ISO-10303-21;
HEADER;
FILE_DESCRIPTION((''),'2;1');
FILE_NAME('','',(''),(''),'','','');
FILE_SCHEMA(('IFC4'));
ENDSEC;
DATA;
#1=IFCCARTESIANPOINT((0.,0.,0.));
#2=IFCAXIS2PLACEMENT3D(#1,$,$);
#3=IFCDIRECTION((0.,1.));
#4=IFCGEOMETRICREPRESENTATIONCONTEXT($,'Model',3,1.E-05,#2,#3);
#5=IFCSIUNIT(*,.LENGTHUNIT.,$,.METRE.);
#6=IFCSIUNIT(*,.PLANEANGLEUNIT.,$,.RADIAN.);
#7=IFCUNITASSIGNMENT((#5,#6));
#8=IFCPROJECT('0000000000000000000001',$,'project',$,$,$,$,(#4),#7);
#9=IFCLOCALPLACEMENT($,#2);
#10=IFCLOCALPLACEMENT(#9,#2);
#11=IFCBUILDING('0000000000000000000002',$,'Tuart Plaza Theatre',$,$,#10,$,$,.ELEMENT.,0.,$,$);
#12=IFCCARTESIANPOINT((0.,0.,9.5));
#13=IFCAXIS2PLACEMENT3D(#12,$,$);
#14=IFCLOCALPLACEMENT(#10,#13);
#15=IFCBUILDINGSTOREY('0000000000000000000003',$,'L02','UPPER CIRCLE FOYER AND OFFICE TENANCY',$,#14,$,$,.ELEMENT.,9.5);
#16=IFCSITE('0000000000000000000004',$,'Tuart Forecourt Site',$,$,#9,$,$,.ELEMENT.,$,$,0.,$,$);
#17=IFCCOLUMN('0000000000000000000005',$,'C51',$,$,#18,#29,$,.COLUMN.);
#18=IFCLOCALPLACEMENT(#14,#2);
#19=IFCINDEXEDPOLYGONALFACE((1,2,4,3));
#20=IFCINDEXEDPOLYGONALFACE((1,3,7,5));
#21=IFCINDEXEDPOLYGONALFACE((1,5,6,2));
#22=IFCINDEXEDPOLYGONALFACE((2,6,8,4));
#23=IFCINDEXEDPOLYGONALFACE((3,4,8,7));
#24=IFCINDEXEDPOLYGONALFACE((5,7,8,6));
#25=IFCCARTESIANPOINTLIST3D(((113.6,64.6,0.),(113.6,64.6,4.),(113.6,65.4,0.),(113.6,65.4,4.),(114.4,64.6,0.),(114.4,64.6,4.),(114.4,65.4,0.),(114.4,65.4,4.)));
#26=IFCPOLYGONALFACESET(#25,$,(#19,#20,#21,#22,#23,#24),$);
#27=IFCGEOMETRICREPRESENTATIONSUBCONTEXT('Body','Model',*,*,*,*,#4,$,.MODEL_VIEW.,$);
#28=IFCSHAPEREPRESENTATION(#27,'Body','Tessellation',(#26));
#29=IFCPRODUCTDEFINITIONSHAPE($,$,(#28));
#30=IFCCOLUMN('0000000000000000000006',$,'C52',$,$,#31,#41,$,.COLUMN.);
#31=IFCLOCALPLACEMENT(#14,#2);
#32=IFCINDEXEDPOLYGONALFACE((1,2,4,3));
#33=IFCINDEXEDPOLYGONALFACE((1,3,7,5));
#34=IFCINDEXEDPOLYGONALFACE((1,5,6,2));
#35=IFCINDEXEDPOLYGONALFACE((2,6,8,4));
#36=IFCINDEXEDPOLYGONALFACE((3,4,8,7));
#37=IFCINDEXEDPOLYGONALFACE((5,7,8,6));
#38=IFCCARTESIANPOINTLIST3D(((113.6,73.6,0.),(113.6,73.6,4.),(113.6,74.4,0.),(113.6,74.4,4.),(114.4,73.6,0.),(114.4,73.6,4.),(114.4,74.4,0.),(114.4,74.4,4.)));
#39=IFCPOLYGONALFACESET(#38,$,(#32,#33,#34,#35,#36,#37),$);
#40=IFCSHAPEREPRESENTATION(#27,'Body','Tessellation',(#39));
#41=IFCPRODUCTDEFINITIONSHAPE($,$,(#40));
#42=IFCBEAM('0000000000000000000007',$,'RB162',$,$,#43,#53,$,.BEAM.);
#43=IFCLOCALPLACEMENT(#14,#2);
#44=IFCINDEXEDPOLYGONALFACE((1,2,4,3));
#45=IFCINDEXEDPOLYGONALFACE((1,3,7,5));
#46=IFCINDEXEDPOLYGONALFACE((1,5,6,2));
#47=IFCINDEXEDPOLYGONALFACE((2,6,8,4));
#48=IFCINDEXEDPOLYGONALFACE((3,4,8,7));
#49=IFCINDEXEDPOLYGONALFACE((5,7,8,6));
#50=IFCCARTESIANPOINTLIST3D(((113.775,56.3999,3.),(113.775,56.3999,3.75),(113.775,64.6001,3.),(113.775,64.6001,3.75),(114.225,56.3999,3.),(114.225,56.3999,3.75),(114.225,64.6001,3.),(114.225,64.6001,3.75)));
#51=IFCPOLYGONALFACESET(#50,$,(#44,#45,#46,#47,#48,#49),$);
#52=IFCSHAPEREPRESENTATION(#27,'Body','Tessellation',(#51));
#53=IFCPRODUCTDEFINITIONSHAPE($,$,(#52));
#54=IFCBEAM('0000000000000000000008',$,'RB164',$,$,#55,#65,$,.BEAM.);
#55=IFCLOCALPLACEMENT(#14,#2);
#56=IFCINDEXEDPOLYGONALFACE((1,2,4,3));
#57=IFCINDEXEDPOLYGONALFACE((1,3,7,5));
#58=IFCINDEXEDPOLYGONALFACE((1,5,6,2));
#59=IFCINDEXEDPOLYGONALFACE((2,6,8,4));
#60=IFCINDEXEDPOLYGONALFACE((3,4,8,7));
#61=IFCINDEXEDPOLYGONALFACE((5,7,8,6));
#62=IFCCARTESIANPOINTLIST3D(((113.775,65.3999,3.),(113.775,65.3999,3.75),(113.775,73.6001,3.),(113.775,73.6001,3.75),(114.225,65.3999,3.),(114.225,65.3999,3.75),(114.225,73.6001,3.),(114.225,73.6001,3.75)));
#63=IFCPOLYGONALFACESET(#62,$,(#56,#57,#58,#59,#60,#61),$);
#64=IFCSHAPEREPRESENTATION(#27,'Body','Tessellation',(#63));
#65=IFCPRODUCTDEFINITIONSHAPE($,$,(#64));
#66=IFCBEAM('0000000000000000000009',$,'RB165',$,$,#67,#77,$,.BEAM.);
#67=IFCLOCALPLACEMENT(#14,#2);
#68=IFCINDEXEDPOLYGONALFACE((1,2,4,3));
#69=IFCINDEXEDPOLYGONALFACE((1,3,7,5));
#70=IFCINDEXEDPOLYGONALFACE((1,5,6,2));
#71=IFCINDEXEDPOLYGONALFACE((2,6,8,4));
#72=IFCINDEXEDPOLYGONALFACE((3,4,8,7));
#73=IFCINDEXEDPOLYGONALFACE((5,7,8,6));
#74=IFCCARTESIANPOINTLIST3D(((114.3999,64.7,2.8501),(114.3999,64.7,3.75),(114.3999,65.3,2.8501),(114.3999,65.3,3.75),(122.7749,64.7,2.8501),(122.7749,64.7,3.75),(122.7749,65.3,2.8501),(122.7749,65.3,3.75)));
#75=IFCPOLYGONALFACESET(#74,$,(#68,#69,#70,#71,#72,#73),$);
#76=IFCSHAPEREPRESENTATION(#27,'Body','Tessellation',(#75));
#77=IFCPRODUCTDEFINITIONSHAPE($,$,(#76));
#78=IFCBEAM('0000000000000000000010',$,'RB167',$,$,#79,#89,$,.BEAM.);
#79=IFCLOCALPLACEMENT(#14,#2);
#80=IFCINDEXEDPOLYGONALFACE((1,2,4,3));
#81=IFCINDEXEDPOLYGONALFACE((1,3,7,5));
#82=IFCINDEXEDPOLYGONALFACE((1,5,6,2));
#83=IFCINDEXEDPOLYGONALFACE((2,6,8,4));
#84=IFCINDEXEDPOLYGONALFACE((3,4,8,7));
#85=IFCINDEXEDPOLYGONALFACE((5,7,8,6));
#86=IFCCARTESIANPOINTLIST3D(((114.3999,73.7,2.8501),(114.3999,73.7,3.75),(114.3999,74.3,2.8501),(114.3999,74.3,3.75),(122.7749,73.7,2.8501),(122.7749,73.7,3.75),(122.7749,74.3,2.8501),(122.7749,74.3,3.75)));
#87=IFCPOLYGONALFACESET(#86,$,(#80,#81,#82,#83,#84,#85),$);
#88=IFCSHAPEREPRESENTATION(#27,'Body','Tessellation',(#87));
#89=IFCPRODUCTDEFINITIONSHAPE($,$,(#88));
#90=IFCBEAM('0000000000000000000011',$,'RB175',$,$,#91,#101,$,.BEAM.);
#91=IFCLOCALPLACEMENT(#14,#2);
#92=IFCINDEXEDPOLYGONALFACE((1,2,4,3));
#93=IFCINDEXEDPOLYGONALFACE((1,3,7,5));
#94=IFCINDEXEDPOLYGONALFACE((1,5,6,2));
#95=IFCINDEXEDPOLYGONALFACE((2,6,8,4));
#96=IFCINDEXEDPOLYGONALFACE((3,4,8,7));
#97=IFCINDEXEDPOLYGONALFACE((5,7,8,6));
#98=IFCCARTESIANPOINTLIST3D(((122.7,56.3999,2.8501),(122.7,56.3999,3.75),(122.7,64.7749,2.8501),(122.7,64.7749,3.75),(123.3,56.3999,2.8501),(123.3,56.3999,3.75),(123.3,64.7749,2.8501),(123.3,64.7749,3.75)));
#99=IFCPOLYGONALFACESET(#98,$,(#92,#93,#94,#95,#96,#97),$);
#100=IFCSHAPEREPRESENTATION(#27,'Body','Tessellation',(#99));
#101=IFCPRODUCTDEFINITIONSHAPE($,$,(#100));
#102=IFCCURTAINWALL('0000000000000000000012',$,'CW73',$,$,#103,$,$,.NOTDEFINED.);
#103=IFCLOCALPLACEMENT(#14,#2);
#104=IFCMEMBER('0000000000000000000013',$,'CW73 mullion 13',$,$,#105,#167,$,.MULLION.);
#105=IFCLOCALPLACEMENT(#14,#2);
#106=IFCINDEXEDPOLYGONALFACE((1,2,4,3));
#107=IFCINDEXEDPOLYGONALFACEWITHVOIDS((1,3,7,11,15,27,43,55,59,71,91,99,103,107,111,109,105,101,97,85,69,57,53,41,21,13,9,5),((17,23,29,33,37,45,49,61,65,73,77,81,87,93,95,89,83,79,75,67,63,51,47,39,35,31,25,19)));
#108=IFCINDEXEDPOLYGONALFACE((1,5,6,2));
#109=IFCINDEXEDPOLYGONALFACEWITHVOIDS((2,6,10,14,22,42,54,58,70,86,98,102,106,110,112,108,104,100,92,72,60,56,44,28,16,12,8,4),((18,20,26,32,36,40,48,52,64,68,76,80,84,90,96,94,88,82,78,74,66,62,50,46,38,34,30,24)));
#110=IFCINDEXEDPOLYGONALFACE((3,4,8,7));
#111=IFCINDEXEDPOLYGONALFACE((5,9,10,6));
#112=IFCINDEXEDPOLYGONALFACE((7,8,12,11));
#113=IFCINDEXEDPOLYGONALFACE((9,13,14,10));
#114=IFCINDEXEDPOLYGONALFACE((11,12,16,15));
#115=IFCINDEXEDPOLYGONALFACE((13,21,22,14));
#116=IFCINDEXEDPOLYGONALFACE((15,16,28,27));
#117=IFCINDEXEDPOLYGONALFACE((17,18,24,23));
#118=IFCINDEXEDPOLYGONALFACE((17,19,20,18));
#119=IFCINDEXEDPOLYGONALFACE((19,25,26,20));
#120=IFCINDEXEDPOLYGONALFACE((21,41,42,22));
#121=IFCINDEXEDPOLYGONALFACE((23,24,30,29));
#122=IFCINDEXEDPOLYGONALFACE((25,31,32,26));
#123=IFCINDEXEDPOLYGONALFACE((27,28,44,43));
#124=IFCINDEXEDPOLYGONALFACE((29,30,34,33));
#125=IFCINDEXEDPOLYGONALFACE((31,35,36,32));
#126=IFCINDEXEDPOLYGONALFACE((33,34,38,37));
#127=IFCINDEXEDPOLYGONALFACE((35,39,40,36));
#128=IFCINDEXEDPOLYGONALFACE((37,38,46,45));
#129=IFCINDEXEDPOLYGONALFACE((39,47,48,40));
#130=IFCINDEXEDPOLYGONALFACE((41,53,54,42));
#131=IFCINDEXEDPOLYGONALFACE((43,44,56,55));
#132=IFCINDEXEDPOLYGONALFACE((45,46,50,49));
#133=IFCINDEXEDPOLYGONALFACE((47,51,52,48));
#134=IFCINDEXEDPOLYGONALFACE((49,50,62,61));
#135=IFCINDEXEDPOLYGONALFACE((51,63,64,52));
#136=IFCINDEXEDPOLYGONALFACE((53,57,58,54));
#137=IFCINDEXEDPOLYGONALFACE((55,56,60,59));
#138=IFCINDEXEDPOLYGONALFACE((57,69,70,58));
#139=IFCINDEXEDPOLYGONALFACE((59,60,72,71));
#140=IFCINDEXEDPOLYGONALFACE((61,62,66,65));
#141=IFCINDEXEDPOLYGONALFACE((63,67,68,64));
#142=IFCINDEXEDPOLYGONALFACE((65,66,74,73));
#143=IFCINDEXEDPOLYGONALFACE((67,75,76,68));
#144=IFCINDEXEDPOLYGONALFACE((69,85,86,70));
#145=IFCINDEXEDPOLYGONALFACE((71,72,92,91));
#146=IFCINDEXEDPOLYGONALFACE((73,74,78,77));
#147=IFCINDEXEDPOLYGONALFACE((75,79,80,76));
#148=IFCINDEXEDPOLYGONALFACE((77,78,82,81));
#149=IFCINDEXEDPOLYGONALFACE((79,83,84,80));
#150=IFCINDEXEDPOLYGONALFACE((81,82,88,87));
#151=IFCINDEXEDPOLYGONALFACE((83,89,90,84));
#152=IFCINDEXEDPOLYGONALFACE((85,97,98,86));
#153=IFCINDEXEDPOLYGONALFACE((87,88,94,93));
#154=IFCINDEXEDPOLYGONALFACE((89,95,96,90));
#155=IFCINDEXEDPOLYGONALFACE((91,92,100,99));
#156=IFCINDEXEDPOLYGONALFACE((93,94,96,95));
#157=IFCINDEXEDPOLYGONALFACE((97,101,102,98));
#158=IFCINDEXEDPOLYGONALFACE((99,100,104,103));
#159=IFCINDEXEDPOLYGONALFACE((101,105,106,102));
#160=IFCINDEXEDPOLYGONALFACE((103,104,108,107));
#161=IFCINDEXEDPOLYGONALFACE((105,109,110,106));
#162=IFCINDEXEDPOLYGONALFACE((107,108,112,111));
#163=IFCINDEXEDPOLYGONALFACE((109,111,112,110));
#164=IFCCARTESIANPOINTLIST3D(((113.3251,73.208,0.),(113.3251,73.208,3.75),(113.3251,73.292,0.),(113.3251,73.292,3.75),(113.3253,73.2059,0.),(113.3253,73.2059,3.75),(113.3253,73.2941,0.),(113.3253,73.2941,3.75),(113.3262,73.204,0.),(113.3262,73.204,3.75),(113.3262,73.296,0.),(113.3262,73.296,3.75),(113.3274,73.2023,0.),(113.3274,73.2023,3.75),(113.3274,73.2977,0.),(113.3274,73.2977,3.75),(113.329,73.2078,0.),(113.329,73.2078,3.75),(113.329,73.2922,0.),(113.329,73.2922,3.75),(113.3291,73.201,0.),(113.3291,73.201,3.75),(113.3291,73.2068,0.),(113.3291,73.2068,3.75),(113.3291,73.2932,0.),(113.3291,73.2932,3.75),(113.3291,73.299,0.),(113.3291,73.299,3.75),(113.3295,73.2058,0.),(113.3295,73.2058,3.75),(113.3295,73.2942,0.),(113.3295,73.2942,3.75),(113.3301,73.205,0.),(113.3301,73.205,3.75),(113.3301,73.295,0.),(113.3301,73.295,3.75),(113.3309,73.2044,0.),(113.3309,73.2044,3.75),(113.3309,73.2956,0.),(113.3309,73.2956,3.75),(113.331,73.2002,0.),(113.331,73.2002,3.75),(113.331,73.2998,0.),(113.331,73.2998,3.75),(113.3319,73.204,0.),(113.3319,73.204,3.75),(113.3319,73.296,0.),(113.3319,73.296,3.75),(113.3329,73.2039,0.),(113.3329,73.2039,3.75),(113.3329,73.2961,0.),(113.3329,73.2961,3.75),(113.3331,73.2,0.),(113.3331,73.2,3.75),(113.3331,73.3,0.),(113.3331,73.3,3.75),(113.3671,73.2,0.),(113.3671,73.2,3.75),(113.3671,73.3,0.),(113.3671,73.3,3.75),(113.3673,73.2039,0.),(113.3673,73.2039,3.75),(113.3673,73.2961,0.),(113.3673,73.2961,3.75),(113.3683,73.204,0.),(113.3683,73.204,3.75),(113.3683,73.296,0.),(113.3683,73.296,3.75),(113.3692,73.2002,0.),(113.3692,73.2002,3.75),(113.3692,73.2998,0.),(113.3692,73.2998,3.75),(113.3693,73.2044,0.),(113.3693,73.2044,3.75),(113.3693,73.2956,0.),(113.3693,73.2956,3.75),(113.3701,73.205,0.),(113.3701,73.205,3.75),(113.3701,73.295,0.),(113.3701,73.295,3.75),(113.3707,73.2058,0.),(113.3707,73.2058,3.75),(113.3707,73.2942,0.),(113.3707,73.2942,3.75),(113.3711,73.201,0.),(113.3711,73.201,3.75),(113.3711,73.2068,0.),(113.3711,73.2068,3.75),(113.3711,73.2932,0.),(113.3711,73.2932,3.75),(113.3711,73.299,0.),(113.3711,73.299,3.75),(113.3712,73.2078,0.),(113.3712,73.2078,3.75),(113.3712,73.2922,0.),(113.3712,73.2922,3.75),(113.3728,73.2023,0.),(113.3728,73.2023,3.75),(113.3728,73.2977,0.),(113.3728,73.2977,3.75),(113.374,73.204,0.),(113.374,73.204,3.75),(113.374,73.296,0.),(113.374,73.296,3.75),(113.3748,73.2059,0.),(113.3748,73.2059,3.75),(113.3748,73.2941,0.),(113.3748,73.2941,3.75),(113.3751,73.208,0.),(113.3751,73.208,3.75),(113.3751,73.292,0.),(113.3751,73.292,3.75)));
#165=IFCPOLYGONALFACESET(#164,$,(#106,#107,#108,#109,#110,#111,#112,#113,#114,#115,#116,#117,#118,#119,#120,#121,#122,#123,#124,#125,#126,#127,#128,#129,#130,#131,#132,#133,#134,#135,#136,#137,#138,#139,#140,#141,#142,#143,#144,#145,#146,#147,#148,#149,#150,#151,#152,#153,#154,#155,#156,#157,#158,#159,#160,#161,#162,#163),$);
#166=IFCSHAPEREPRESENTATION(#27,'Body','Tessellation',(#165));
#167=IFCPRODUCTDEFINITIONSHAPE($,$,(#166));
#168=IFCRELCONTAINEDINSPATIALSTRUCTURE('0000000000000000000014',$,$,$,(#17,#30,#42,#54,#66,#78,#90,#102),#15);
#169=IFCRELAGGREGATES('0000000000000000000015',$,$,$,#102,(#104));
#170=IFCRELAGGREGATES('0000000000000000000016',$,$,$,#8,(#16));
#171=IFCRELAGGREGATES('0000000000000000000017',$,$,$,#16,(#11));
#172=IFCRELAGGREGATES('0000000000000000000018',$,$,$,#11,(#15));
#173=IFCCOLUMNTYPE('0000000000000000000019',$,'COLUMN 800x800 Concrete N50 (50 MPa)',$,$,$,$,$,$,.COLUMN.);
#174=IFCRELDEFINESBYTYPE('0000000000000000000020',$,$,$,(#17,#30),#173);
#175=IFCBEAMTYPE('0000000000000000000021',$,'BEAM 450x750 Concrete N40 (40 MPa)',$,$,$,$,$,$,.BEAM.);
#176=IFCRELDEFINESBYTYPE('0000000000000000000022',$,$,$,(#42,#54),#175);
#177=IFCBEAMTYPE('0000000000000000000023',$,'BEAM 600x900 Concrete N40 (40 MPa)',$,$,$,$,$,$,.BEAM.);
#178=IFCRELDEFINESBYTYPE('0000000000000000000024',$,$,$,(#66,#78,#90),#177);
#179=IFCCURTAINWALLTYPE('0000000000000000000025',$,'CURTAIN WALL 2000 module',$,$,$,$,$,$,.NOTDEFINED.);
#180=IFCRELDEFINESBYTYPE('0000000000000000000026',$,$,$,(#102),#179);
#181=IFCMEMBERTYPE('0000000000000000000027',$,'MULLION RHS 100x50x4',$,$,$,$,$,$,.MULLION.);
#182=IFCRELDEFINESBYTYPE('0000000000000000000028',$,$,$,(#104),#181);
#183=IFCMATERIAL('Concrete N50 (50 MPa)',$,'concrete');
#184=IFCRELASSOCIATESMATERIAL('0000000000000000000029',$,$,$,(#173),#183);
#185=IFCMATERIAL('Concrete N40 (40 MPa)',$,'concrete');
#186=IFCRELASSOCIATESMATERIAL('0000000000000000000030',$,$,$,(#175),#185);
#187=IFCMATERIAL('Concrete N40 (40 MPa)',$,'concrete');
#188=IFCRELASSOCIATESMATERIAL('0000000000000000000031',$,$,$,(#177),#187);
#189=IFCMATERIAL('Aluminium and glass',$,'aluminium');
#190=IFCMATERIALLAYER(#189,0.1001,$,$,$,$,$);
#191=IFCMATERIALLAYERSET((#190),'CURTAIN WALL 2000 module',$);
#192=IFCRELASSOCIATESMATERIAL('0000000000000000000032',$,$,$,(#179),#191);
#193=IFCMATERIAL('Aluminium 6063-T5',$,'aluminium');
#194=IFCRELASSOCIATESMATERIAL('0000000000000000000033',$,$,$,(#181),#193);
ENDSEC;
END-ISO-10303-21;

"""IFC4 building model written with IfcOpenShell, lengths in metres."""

from ifc_helpers import new_model, si_unit, direction, frame, origin, origin_2d, place, context, subcontext, project, spatial, rectangle, hollow_rectangle, extrude, material, layer, layer_set, material_profile, profile_set, type_object, element, aggregate, save


model = new_model("IFC4")

# Units and contexts
model_context = context("Model", 3, precision=1e-05, world=origin(), true_north=direction((0.0, 1.0)))
body_context = subcontext(model_context, "Body", "Model", "MODEL_VIEW")
ifc_project = project(units=[si_unit("LENGTHUNIT", "METRE"), si_unit("PLANEANGLEUNIT", "RADIAN")], contexts=[model_context])

# Site, building, storey
site_placement = place(None, origin())
site = spatial("IfcSite", under=ifc_project, at=site_placement, Name="Tuart Forecourt Site", CompositionType="ELEMENT", RefElevation=0.0)
building_placement = place(site_placement, origin())
building = spatial("IfcBuilding", under=site, at=building_placement, Name="Tuart Plaza Theatre", CompositionType="ELEMENT", ElevationOfRefHeight=0.0)
storey_placement = place(building_placement, frame((0.0, 0.0, 9.5)))
storey = spatial("IfcBuildingStorey", under=building, at=storey_placement, Name="L02", Description="UPPER CIRCLE FOYER AND OFFICE TENANCY", CompositionType="ELEMENT", Elevation=9.5)

# Columns
ifc_material_1 = material(Name="Concrete N50 (50 MPa)", Category="concrete")
ifc_material_profile_1 = material_profile(ifc_material_1, rectangle(XDim=0.8, YDim=0.8, at=origin_2d()), Name="COLUMN 800x800 Concrete N50 (50 MPa)")
ifc_profile_set_1 = profile_set([ifc_material_profile_1], Name="Concrete N50 (50 MPa)")
column_type = type_object("IfcColumnType", Name="COLUMN 800x800 Concrete N50 (50 MPa)", PredefinedType="COLUMN", material=ifc_profile_set_1)
for number, where, z_axis, x_axis, name in (
    (1, (114.0, 65.0, 0.0), (0.0, 0.0, 1.0), (1.0, 0.0, 0.0), "C51"),
    (2, (114.0, 74.0, 0.0), (0.0, 0.0, 1.0), (1.0, 0.0, 0.0), "C52"),
):
    element("IfcColumn", number, at=place(storey_placement, frame(where, z_axis=z_axis, x_axis=x_axis)), inside=storey, type_object=column_type, Name=name, PredefinedType="COLUMN", context=body_context, shape_type="SweptSolid", body=[
        extrude(rectangle(XDim=0.8, YDim=0.8, at=origin_2d()), origin(), (0.0, 0.0, 1.0), 4.0),
    ])

# Beams
ifc_material_2 = material(Name="Concrete N40 (40 MPa)", Category="concrete")
ifc_material_profile_2 = material_profile(ifc_material_2, rectangle(XDim=0.45, YDim=0.75, at=origin_2d()), Name="BEAM 450x750 Concrete N40 (40 MPa)")
ifc_profile_set_2 = profile_set([ifc_material_profile_2], Name="Concrete N40 (40 MPa)")
beam_type_1 = type_object("IfcBeamType", Name="BEAM 450x750 Concrete N40 (40 MPa)", PredefinedType="BEAM", material=ifc_profile_set_2)
for number, where, z_axis, x_axis, name in (
    (3, (114.0, 56.3999, 3.375), (0.0, 1.0, 0.0), (-1.0, 0.0, 0.0), "RB162"),
    (4, (114.0, 65.3999, 3.375), (0.0, 1.0, 0.0), (-1.0, 0.0, 0.0), "RB164"),
):
    element("IfcBeam", number, at=place(storey_placement, frame(where, z_axis=z_axis, x_axis=x_axis)), inside=storey, type_object=beam_type_1, Name=name, PredefinedType="BEAM", context=body_context, shape_type="SweptSolid", body=[
        extrude(rectangle(XDim=0.45, YDim=0.75, at=origin_2d()), origin(), (0.0, 0.0, 1.0), 8.2002),
    ])
ifc_material_3 = material(Name="Concrete N40 (40 MPa)", Category="concrete")
ifc_material_profile_3 = material_profile(ifc_material_3, rectangle(XDim=0.6001, YDim=0.8999, at=origin_2d()), Name="BEAM 600x900 Concrete N40 (40 MPa)")
ifc_profile_set_3 = profile_set([ifc_material_profile_3], Name="Concrete N40 (40 MPa)")
beam_type_2 = type_object("IfcBeamType", Name="BEAM 600x900 Concrete N40 (40 MPa)", PredefinedType="BEAM", material=ifc_profile_set_3)
for number, where, z_axis, x_axis, name in (
    (5, (114.3999, 65.0, 3.3), (1.0, 0.0, 0.0), (0.0, 1.0, 0.0), "RB165"),
    (6, (114.3999, 74.0, 3.3), (1.0, 0.0, 0.0), (0.0, 1.0, 0.0), "RB167"),
    (7, (123.0, 56.3999, 3.3), (0.0, 1.0, 0.0), (-1.0, 0.0, 0.0), "RB175"),
):
    element("IfcBeam", number, at=place(storey_placement, frame(where, z_axis=z_axis, x_axis=x_axis)), inside=storey, type_object=beam_type_2, Name=name, PredefinedType="BEAM", context=body_context, shape_type="SweptSolid", body=[
        extrude(rectangle(XDim=0.6001, YDim=0.8999, at=origin_2d()), origin(), (0.0, 0.0, 1.0), 8.375),
    ])

# Curtain wall, member
ifc_material_4 = material(Name="Aluminium and glass", Category="aluminium")
ifc_layer_1 = layer(ifc_material_4, 0.1001)
ifc_layer_set_1 = layer_set([ifc_layer_1], Name="CURTAIN WALL 2000 module")
curtain_wall_type = type_object("IfcCurtainWallType", Name="CURTAIN WALL 2000 module", PredefinedType="NOTDEFINED", material=ifc_layer_set_1)
curtain_wall_placement = place(storey_placement, origin())
curtain_wall = element("IfcCurtainWall", 8, at=curtain_wall_placement, inside=storey, type_object=curtain_wall_type, Name="CW73", PredefinedType="NOTDEFINED")
ifc_material_5 = material(Name="Aluminium 6063-T5", Category="aluminium")
ifc_material_profile_4 = material_profile(ifc_material_5, hollow_rectangle(XDim=0.05, YDim=0.1001, WallThickness=0.0039, InnerFilletRadius=0.0039, OuterFilletRadius=0.0081, at=origin_2d()), Name="RHS 100x50x4")
ifc_profile_set_4 = profile_set([ifc_material_profile_4], Name="Aluminium 6063-T5")
member_type_1 = type_object("IfcMemberType", Name="MULLION RHS 100x50x4", PredefinedType="MULLION", material=ifc_profile_set_4)
member_1_placement = place(storey_placement, frame((113.3501, 73.25, 0.0), z_axis=(0.0, 0.0, 1.0), x_axis=(1.0, 0.0, 0.0)))
member_1 = element("IfcMember", 9, at=member_1_placement, type_object=member_type_1, Name="CW73 mullion 13", PredefinedType="MULLION", context=body_context, shape_type="SweptSolid", body=[
    extrude(hollow_rectangle(XDim=0.05, YDim=0.1001, WallThickness=0.0039, InnerFilletRadius=0.0039, OuterFilletRadius=0.0081, at=origin_2d()), origin(), (0.0, 0.0, 1.0), 3.75),
])
aggregate(curtain_wall, [member_1])

save(model, "model.ifc")
